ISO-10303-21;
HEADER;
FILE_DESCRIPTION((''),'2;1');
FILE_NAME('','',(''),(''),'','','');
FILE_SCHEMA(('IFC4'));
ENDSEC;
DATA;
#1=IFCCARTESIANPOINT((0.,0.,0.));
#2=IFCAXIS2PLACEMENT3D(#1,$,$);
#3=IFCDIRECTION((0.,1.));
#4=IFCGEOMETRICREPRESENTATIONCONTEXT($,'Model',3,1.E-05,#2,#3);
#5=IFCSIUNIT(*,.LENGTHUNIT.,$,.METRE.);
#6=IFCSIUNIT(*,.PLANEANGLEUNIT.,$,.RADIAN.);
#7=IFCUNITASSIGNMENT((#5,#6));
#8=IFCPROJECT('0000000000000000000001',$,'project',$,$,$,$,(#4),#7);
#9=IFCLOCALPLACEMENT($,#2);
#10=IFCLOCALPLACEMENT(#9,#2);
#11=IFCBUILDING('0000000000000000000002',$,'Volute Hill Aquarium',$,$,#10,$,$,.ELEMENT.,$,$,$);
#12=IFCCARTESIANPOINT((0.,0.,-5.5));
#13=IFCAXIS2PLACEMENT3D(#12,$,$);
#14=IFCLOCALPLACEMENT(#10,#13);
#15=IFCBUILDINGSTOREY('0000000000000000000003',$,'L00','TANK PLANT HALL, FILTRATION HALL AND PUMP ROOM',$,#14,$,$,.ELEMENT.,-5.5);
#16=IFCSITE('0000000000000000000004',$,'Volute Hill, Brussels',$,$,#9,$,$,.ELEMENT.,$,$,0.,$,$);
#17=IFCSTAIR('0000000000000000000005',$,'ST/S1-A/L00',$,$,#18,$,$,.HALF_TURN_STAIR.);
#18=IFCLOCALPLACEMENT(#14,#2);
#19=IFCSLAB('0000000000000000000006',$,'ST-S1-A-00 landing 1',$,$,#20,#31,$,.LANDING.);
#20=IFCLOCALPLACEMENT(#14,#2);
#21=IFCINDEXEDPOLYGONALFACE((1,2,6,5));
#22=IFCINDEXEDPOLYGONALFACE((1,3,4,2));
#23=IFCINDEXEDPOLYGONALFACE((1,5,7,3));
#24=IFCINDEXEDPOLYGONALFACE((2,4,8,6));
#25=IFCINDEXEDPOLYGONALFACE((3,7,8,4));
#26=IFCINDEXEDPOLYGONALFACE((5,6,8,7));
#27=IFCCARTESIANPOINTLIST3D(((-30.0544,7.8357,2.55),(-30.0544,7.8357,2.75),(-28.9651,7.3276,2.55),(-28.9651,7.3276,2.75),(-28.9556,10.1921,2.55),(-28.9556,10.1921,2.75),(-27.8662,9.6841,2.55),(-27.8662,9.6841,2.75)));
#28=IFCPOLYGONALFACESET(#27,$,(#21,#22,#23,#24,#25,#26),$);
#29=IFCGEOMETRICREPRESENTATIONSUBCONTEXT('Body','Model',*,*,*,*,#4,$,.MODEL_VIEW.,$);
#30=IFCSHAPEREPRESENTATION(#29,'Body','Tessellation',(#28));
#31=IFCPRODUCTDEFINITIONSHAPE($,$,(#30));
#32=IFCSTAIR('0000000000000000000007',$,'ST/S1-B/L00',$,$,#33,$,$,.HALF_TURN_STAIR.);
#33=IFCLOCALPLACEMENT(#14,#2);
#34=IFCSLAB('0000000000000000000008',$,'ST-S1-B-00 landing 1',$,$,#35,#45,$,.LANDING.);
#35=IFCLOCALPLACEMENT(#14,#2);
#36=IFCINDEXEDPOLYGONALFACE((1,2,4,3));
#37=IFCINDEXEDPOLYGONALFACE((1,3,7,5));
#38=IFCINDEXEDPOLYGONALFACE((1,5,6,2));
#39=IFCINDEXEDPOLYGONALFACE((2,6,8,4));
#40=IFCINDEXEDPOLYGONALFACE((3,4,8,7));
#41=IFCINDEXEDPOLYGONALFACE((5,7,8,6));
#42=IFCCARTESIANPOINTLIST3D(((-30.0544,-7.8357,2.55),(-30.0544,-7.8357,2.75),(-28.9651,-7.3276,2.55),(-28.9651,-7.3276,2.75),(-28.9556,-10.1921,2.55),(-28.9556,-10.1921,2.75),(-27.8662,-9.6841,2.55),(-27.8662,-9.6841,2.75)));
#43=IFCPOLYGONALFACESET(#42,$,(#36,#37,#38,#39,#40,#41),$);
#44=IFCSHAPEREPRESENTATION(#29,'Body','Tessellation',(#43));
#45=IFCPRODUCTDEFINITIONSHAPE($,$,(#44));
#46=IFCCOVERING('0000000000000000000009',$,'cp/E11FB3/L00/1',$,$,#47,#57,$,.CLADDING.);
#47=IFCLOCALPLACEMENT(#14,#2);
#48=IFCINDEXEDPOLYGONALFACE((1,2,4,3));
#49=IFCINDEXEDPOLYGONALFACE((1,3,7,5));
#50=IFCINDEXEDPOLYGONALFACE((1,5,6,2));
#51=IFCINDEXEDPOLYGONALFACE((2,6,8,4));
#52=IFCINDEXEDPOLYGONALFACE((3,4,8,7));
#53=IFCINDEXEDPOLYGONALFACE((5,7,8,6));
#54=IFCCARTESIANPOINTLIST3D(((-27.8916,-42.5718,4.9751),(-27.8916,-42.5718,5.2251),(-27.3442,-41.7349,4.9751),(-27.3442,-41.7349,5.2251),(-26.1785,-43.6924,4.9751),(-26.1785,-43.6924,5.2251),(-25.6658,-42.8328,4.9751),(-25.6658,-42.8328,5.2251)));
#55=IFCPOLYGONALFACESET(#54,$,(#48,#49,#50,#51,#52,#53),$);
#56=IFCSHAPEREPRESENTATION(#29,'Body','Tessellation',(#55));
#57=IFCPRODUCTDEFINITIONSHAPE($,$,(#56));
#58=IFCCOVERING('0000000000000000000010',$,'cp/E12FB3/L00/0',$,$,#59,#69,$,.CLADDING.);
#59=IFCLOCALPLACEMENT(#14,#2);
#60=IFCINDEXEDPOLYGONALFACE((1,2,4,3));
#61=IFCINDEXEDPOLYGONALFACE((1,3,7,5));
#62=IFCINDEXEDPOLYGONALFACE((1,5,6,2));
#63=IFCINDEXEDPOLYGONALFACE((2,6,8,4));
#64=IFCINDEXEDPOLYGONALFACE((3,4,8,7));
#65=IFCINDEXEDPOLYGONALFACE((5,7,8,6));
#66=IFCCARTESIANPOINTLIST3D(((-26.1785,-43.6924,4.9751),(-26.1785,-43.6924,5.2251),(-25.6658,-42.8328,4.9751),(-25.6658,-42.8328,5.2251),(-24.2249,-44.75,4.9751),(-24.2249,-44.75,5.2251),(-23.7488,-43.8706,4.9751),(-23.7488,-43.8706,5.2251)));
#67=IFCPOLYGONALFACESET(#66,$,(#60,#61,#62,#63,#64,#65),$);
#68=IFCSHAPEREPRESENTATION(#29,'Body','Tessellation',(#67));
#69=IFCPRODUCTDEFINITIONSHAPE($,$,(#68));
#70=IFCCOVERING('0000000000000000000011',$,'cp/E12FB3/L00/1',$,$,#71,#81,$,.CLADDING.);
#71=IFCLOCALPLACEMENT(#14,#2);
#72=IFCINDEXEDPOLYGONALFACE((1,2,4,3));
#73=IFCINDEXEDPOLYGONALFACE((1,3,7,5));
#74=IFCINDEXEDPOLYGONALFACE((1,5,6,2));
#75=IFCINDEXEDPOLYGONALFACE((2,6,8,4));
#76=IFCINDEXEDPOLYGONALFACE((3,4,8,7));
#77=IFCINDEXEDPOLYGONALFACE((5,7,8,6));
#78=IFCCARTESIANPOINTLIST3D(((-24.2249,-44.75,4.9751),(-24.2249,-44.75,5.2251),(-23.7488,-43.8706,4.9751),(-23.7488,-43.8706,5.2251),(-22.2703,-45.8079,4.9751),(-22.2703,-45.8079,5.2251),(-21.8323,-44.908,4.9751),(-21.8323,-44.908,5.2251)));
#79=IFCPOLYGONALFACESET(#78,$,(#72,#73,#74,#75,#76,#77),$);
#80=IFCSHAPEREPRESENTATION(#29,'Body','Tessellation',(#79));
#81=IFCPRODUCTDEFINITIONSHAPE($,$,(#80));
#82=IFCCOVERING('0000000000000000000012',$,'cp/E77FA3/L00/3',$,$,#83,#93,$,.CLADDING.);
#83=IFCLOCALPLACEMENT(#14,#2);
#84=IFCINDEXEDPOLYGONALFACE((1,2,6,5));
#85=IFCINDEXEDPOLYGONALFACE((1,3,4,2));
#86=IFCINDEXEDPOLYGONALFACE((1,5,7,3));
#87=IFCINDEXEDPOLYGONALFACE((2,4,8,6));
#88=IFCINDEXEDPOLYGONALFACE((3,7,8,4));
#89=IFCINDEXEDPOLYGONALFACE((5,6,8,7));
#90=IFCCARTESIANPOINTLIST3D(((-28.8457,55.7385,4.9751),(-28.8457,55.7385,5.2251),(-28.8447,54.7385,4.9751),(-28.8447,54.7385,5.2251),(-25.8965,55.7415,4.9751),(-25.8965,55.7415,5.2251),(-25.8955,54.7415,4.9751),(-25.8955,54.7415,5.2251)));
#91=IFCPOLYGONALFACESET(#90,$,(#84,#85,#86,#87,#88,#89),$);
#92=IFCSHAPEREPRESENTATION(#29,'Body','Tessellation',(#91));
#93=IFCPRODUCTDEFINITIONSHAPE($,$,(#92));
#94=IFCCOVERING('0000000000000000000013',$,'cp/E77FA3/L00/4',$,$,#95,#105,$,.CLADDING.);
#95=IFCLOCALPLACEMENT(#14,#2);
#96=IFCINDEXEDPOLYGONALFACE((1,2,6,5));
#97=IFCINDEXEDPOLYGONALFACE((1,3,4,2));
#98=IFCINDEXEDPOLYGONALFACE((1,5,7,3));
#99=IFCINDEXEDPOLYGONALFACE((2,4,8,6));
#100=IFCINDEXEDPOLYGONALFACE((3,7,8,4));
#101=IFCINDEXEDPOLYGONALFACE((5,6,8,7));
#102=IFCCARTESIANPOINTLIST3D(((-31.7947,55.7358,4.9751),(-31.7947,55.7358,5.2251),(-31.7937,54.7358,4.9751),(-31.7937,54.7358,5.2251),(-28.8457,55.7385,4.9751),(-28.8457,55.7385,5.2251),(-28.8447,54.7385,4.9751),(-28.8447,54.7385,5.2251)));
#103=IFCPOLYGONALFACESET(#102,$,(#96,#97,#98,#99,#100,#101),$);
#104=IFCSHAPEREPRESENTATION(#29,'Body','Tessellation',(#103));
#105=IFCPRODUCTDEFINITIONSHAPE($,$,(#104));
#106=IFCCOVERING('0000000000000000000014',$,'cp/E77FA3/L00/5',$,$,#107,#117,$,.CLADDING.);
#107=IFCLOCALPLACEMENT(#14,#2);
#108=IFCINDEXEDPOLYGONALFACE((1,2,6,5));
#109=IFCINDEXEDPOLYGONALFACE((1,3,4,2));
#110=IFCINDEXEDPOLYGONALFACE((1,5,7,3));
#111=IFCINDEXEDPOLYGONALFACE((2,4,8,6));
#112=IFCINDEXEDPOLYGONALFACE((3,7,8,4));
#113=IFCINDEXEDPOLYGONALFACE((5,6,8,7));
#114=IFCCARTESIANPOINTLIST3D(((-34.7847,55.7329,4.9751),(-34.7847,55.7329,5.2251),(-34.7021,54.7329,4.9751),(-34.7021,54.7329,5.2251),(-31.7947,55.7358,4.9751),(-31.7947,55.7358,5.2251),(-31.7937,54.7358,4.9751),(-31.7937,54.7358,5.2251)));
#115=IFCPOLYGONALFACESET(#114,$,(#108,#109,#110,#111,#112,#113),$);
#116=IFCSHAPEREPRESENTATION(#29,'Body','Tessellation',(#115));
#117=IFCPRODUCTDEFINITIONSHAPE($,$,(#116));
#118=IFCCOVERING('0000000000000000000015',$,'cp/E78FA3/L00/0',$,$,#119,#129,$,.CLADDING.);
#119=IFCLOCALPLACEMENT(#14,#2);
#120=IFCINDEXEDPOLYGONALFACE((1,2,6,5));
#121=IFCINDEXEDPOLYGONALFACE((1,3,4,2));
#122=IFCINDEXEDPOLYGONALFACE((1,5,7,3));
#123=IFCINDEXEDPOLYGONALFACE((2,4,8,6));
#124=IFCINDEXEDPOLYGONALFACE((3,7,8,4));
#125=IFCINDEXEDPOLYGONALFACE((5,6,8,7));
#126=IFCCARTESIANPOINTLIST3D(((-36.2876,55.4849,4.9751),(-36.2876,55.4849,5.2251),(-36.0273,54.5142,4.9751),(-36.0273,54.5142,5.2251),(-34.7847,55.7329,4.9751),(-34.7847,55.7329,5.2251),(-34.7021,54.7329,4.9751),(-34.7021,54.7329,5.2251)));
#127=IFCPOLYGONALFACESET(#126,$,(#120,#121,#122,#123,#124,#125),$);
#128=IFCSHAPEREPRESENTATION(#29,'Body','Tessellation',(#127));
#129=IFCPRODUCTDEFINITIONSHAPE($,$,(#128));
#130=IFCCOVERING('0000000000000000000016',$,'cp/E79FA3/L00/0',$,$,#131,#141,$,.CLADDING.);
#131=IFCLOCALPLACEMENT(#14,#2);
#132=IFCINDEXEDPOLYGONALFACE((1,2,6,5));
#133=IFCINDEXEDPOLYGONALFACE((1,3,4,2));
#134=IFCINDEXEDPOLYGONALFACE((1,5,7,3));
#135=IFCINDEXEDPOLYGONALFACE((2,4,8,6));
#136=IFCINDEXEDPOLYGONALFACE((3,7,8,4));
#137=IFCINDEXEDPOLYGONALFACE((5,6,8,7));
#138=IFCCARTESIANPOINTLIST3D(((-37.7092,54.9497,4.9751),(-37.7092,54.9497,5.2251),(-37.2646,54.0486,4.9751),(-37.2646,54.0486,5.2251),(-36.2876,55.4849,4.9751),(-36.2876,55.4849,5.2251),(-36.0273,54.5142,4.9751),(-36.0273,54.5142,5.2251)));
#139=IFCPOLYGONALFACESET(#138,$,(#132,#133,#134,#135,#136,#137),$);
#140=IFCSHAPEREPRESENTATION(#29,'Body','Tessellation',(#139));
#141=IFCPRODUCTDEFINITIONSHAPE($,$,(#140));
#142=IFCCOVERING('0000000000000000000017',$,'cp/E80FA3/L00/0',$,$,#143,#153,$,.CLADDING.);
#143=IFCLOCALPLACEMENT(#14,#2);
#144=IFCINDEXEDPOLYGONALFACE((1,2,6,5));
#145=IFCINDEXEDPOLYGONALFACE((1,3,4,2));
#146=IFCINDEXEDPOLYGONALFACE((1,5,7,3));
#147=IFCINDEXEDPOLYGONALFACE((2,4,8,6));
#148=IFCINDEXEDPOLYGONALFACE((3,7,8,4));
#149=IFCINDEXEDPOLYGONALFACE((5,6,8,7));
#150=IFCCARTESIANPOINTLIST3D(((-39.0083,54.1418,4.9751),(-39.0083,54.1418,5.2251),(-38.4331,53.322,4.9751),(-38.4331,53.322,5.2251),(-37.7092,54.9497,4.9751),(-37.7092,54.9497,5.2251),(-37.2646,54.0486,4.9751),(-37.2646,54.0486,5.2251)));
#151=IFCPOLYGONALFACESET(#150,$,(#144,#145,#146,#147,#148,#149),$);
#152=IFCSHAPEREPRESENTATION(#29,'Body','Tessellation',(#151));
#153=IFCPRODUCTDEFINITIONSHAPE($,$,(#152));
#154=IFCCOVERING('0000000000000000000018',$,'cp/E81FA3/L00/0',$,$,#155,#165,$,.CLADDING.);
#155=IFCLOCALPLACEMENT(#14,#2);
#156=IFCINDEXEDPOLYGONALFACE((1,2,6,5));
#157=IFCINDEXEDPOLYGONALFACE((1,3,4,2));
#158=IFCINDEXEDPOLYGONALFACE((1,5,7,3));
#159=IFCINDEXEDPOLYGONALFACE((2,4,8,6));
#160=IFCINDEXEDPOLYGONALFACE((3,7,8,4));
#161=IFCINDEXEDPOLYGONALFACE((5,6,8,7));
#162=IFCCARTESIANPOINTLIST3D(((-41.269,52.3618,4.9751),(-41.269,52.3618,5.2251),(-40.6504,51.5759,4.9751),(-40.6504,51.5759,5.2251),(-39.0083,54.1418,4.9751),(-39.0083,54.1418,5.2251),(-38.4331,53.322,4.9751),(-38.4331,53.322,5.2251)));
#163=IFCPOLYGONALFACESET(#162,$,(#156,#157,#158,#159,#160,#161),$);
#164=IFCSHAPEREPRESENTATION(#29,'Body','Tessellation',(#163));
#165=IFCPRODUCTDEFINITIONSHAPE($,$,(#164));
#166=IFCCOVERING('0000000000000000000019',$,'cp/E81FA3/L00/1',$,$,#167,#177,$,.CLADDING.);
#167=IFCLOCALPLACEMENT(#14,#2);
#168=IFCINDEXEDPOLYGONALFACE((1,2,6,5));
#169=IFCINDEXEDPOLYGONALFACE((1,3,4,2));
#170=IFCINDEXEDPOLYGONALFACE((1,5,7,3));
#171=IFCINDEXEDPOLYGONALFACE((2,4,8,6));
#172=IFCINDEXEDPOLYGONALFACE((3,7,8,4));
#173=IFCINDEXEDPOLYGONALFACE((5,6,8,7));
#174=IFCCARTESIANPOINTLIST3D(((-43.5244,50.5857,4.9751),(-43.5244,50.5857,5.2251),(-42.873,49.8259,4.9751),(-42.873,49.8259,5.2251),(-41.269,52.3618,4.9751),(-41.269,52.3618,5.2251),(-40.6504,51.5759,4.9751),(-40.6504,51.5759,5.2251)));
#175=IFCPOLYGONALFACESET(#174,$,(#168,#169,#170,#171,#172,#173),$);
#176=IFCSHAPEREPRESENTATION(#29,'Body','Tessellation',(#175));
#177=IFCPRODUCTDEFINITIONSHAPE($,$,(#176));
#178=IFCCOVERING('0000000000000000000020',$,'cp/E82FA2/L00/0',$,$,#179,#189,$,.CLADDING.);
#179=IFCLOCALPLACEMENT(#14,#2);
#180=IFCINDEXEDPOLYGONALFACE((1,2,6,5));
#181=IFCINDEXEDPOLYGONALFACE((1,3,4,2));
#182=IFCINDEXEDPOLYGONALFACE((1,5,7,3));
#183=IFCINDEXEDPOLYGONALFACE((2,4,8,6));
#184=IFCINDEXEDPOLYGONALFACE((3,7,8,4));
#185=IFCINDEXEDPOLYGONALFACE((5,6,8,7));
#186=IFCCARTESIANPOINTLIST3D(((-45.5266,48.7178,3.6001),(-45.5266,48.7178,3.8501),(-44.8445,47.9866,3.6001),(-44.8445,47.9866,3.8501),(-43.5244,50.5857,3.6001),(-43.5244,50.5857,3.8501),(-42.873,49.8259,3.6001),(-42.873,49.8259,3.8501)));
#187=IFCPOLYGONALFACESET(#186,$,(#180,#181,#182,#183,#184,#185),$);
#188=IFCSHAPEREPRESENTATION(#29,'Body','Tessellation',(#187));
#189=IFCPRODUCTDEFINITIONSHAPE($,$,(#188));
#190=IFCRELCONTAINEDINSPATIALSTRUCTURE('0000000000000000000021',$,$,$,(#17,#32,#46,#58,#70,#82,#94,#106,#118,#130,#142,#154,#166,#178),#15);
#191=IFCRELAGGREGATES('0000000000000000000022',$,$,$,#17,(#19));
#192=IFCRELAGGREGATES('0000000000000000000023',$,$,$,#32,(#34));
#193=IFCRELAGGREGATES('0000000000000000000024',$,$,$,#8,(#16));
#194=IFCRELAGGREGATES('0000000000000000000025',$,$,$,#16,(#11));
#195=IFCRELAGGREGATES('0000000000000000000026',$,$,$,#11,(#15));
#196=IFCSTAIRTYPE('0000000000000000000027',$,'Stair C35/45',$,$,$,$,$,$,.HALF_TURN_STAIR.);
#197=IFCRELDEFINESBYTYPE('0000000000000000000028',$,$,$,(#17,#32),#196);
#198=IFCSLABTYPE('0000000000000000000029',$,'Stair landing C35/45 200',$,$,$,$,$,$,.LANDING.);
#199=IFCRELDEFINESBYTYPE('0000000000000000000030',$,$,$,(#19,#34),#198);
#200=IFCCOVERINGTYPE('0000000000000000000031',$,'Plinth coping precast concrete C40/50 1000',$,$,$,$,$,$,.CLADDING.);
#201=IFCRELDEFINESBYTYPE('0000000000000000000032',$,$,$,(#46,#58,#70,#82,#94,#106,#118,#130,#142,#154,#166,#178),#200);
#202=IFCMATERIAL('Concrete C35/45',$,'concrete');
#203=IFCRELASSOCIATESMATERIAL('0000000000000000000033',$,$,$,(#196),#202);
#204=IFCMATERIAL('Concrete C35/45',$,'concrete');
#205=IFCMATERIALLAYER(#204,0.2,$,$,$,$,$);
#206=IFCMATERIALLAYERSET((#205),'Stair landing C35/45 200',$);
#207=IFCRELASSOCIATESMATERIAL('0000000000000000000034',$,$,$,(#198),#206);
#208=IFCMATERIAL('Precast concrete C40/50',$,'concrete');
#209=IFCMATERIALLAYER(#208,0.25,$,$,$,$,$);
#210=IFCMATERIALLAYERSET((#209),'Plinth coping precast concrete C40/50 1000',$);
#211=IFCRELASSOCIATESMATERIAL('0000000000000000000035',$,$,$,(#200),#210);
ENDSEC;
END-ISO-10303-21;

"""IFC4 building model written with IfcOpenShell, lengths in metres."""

from ifc_helpers import new_model, si_unit, direction, frame, origin, place, context, subcontext, project, spatial, polyline, outline, extrude, material, layer, layer_set, type_object, element, aggregate, save


model = new_model("IFC4")

# Units and contexts
model_context = context("Model", 3, precision=1e-05, world=origin(), true_north=direction((0.0, 1.0)))
body_context = subcontext(model_context, "Body", "Model", "MODEL_VIEW")
ifc_project = project(units=[si_unit("LENGTHUNIT", "METRE"), si_unit("PLANEANGLEUNIT", "RADIAN")], contexts=[model_context])

# Site, building, storey
site_placement = place(None, origin())
site = spatial("IfcSite", under=ifc_project, at=site_placement, Name="Volute Hill, Brussels", CompositionType="ELEMENT", RefElevation=0.0)
building_placement = place(site_placement, origin())
building = spatial("IfcBuilding", under=site, at=building_placement, Name="Volute Hill Aquarium", CompositionType="ELEMENT")
storey_placement = place(building_placement, frame((0.0, 0.0, -5.5)))
storey = spatial("IfcBuildingStorey", under=building, at=storey_placement, Name="L00", Description="TANK PLANT HALL, FILTRATION HALL AND PUMP ROOM", CompositionType="ELEMENT", Elevation=-5.5)

# Stairs, slabs
ifc_material_1 = material(Name="Concrete C35/45", Category="concrete")
stair_type = type_object("IfcStairType", Name="Stair C35/45", PredefinedType="HALF_TURN_STAIR", material=ifc_material_1)
stair_1_placement = place(storey_placement, origin())
stair_1 = element("IfcStair", 1, at=stair_1_placement, inside=storey, type_object=stair_type, Name="ST/S1-A/L00", PredefinedType="HALF_TURN_STAIR")
ifc_material_2 = material(Name="Concrete C35/45", Category="concrete")
ifc_layer_1 = layer(ifc_material_2, 0.2)
ifc_layer_set_1 = layer_set([ifc_layer_1], Name="Stair landing C35/45 200")
slab_type = type_object("IfcSlabType", Name="Stair landing C35/45 200", PredefinedType="LANDING", material=ifc_layer_set_1)
slab_1_placement = place(storey_placement, frame((0.0, 0.0, 2.55)))
slab_1 = element("IfcSlab", 2, at=slab_1_placement, type_object=slab_type, Name="ST-S1-A-00 landing 1", PredefinedType="LANDING", context=body_context, shape_type="SweptSolid", body=[
    extrude(outline(polyline([(-27.8662, 9.6841), (-28.9556, 10.1921), (-30.0544, 7.8357), (-28.9651, 7.3276), (-27.8662, 9.6841)])), origin(), (0.0, 0.0, 1.0), 0.2),
])
aggregate(stair_1, [slab_1])
stair_2_placement = place(storey_placement, origin())
stair_2 = element("IfcStair", 3, at=stair_2_placement, inside=storey, type_object=stair_type, Name="ST/S1-B/L00", PredefinedType="HALF_TURN_STAIR")
slab_2_placement = place(storey_placement, frame((0.0, 0.0, 2.55)))
slab_2 = element("IfcSlab", 4, at=slab_2_placement, type_object=slab_type, Name="ST-S1-B-00 landing 1", PredefinedType="LANDING", context=body_context, shape_type="SweptSolid", body=[
    extrude(outline(polyline([(-28.9651, -7.3276), (-30.0544, -7.8357), (-28.9556, -10.1921), (-27.8662, -9.6841), (-28.9651, -7.3276)])), origin(), (0.0, 0.0, 1.0), 0.2),
])
aggregate(stair_2, [slab_2])

# Coverings
ifc_material_3 = material(Name="Precast concrete C40/50", Category="concrete")
ifc_layer_2 = layer(ifc_material_3, 0.25)
ifc_layer_set_2 = layer_set([ifc_layer_2], Name="Plinth coping precast concrete C40/50 1000")
covering_type_1 = type_object("IfcCoveringType", Name="Plinth coping precast concrete C40/50 1000", PredefinedType="CLADDING", material=ifc_layer_set_2)
covering_1_placement = place(storey_placement, frame((0.0, 0.0, 4.9751)))
element("IfcCovering", 5, at=covering_1_placement, inside=storey, type_object=covering_type_1, Name="cp/E11FB3/L00/1", PredefinedType="CLADDING", context=body_context, shape_type="SweptSolid", body=[
    extrude(outline(polyline([(-27.8916, -42.5718), (-26.1785, -43.6924), (-25.6658, -42.8328), (-25.6658, -42.8328), (-27.3442, -41.7349), (-27.8916, -42.5718)])), origin(), (0.0, 0.0, 1.0), 0.25),
])
covering_2_placement = place(storey_placement, frame((0.0, 0.0, 4.9751)))
element("IfcCovering", 6, at=covering_2_placement, inside=storey, type_object=covering_type_1, Name="cp/E12FB3/L00/0", PredefinedType="CLADDING", context=body_context, shape_type="SweptSolid", body=[
    extrude(outline(polyline([(-26.1785, -43.6924), (-24.2249, -44.75), (-23.7488, -43.8706), (-25.6658, -42.8328), (-26.1785, -43.6924), (-26.1785, -43.6924)])), origin(), (0.0, 0.0, 1.0), 0.25),
])
covering_3_placement = place(storey_placement, frame((0.0, 0.0, 4.9751)))
element("IfcCovering", 7, at=covering_3_placement, inside=storey, type_object=covering_type_1, Name="cp/E12FB3/L00/1", PredefinedType="CLADDING", context=body_context, shape_type="SweptSolid", body=[
    extrude(outline(polyline([(-22.2703, -45.8079), (-22.2703, -45.8079), (-21.8323, -44.908), (-21.8323, -44.908), (-23.7488, -43.8706), (-24.2249, -44.75), (-22.2703, -45.8079)])), origin(), (0.0, 0.0, 1.0), 0.25),
])
covering_4_placement = place(storey_placement, frame((0.0, 0.0, 4.9751)))
element("IfcCovering", 8, at=covering_4_placement, inside=storey, type_object=covering_type_1, Name="cp/E77FA3/L00/3", PredefinedType="CLADDING", context=body_context, shape_type="SweptSolid", body=[
    extrude(outline(polyline([(-25.8965, 55.7415), (-28.8457, 55.7385), (-28.8447, 54.7385), (-25.8955, 54.7415), (-25.8965, 55.7415)])), origin(), (0.0, 0.0, 1.0), 0.25),
])
covering_5_placement = place(storey_placement, frame((0.0, 0.0, 4.9751)))
element("IfcCovering", 9, at=covering_5_placement, inside=storey, type_object=covering_type_1, Name="cp/E77FA3/L00/4", PredefinedType="CLADDING", context=body_context, shape_type="SweptSolid", body=[
    extrude(outline(polyline([(-28.8457, 55.7385), (-31.7947, 55.7358), (-31.7937, 54.7358), (-28.8447, 54.7385), (-28.8457, 55.7385)])), origin(), (0.0, 0.0, 1.0), 0.25),
])
covering_6_placement = place(storey_placement, frame((0.0, 0.0, 4.9751)))
element("IfcCovering", 10, at=covering_6_placement, inside=storey, type_object=covering_type_1, Name="cp/E77FA3/L00/5", PredefinedType="CLADDING", context=body_context, shape_type="SweptSolid", body=[
    extrude(outline(polyline([(-34.7847, 55.7329), (-34.7847, 55.7329), (-34.7021, 54.7329), (-34.7021, 54.7329), (-31.7937, 54.7358), (-31.7947, 55.7358), (-34.7847, 55.7329)])), origin(), (0.0, 0.0, 1.0), 0.25),
])
covering_7_placement = place(storey_placement, frame((0.0, 0.0, 4.9751)))
element("IfcCovering", 11, at=covering_7_placement, inside=storey, type_object=covering_type_1, Name="cp/E78FA3/L00/0", PredefinedType="CLADDING", context=body_context, shape_type="SweptSolid", body=[
    extrude(outline(polyline([(-34.7847, 55.7329), (-36.2876, 55.4849), (-36.0273, 54.5142), (-34.7021, 54.7329), (-34.7847, 55.7329)])), origin(), (0.0, 0.0, 1.0), 0.25),
])
covering_8_placement = place(storey_placement, frame((0.0, 0.0, 4.9751)))
element("IfcCovering", 12, at=covering_8_placement, inside=storey, type_object=covering_type_1, Name="cp/E79FA3/L00/0", PredefinedType="CLADDING", context=body_context, shape_type="SweptSolid", body=[
    extrude(outline(polyline([(-37.7092, 54.9497), (-37.7092, 54.9497), (-37.2646, 54.0486), (-36.0273, 54.5142), (-36.0273, 54.5142), (-36.2876, 55.4849), (-36.2876, 55.4849), (-37.7092, 54.9497)])), origin(), (0.0, 0.0, 1.0), 0.25),
])
covering_9_placement = place(storey_placement, frame((0.0, 0.0, 4.9751)))
element("IfcCovering", 13, at=covering_9_placement, inside=storey, type_object=covering_type_1, Name="cp/E80FA3/L00/0", PredefinedType="CLADDING", context=body_context, shape_type="SweptSolid", body=[
    extrude(outline(polyline([(-37.7092, 54.9497), (-39.0083, 54.1418), (-38.4331, 53.322), (-38.4331, 53.322), (-37.2646, 54.0486), (-37.2646, 54.0486), (-37.7092, 54.9497)])), origin(), (0.0, 0.0, 1.0), 0.25),
])
covering_10_placement = place(storey_placement, frame((0.0, 0.0, 4.9751)))
element("IfcCovering", 14, at=covering_10_placement, inside=storey, type_object=covering_type_1, Name="cp/E81FA3/L00/0", PredefinedType="CLADDING", context=body_context, shape_type="SweptSolid", body=[
    extrude(outline(polyline([(-39.0083, 54.1418), (-41.269, 52.3618), (-40.6504, 51.5759), (-38.4331, 53.322), (-39.0083, 54.1418), (-39.0083, 54.1418)])), origin(), (0.0, 0.0, 1.0), 0.25),
])
covering_11_placement = place(storey_placement, frame((0.0, 0.0, 4.9751)))
element("IfcCovering", 15, at=covering_11_placement, inside=storey, type_object=covering_type_1, Name="cp/E81FA3/L00/1", PredefinedType="CLADDING", context=body_context, shape_type="SweptSolid", body=[
    extrude(outline(polyline([(-41.269, 52.3618), (-43.5244, 50.5857), (-42.873, 49.8259), (-40.6504, 51.5759), (-41.269, 52.3618)])), origin(), (0.0, 0.0, 1.0), 0.25),
])
covering_12_placement = place(storey_placement, frame((0.0, 0.0, 3.6001)))
element("IfcCovering", 16, at=covering_12_placement, inside=storey, type_object=covering_type_1, Name="cp/E82FA2/L00/0", PredefinedType="CLADDING", context=body_context, shape_type="SweptSolid", body=[
    extrude(outline(polyline([(-43.5244, 50.5857), (-45.5266, 48.7178), (-44.8445, 47.9866), (-42.873, 49.8259), (-42.873, 49.8259), (-43.5244, 50.5857), (-43.5244, 50.5857)])), origin(), (0.0, 0.0, 1.0), 0.25),
])

save(model, "model.ifc")
